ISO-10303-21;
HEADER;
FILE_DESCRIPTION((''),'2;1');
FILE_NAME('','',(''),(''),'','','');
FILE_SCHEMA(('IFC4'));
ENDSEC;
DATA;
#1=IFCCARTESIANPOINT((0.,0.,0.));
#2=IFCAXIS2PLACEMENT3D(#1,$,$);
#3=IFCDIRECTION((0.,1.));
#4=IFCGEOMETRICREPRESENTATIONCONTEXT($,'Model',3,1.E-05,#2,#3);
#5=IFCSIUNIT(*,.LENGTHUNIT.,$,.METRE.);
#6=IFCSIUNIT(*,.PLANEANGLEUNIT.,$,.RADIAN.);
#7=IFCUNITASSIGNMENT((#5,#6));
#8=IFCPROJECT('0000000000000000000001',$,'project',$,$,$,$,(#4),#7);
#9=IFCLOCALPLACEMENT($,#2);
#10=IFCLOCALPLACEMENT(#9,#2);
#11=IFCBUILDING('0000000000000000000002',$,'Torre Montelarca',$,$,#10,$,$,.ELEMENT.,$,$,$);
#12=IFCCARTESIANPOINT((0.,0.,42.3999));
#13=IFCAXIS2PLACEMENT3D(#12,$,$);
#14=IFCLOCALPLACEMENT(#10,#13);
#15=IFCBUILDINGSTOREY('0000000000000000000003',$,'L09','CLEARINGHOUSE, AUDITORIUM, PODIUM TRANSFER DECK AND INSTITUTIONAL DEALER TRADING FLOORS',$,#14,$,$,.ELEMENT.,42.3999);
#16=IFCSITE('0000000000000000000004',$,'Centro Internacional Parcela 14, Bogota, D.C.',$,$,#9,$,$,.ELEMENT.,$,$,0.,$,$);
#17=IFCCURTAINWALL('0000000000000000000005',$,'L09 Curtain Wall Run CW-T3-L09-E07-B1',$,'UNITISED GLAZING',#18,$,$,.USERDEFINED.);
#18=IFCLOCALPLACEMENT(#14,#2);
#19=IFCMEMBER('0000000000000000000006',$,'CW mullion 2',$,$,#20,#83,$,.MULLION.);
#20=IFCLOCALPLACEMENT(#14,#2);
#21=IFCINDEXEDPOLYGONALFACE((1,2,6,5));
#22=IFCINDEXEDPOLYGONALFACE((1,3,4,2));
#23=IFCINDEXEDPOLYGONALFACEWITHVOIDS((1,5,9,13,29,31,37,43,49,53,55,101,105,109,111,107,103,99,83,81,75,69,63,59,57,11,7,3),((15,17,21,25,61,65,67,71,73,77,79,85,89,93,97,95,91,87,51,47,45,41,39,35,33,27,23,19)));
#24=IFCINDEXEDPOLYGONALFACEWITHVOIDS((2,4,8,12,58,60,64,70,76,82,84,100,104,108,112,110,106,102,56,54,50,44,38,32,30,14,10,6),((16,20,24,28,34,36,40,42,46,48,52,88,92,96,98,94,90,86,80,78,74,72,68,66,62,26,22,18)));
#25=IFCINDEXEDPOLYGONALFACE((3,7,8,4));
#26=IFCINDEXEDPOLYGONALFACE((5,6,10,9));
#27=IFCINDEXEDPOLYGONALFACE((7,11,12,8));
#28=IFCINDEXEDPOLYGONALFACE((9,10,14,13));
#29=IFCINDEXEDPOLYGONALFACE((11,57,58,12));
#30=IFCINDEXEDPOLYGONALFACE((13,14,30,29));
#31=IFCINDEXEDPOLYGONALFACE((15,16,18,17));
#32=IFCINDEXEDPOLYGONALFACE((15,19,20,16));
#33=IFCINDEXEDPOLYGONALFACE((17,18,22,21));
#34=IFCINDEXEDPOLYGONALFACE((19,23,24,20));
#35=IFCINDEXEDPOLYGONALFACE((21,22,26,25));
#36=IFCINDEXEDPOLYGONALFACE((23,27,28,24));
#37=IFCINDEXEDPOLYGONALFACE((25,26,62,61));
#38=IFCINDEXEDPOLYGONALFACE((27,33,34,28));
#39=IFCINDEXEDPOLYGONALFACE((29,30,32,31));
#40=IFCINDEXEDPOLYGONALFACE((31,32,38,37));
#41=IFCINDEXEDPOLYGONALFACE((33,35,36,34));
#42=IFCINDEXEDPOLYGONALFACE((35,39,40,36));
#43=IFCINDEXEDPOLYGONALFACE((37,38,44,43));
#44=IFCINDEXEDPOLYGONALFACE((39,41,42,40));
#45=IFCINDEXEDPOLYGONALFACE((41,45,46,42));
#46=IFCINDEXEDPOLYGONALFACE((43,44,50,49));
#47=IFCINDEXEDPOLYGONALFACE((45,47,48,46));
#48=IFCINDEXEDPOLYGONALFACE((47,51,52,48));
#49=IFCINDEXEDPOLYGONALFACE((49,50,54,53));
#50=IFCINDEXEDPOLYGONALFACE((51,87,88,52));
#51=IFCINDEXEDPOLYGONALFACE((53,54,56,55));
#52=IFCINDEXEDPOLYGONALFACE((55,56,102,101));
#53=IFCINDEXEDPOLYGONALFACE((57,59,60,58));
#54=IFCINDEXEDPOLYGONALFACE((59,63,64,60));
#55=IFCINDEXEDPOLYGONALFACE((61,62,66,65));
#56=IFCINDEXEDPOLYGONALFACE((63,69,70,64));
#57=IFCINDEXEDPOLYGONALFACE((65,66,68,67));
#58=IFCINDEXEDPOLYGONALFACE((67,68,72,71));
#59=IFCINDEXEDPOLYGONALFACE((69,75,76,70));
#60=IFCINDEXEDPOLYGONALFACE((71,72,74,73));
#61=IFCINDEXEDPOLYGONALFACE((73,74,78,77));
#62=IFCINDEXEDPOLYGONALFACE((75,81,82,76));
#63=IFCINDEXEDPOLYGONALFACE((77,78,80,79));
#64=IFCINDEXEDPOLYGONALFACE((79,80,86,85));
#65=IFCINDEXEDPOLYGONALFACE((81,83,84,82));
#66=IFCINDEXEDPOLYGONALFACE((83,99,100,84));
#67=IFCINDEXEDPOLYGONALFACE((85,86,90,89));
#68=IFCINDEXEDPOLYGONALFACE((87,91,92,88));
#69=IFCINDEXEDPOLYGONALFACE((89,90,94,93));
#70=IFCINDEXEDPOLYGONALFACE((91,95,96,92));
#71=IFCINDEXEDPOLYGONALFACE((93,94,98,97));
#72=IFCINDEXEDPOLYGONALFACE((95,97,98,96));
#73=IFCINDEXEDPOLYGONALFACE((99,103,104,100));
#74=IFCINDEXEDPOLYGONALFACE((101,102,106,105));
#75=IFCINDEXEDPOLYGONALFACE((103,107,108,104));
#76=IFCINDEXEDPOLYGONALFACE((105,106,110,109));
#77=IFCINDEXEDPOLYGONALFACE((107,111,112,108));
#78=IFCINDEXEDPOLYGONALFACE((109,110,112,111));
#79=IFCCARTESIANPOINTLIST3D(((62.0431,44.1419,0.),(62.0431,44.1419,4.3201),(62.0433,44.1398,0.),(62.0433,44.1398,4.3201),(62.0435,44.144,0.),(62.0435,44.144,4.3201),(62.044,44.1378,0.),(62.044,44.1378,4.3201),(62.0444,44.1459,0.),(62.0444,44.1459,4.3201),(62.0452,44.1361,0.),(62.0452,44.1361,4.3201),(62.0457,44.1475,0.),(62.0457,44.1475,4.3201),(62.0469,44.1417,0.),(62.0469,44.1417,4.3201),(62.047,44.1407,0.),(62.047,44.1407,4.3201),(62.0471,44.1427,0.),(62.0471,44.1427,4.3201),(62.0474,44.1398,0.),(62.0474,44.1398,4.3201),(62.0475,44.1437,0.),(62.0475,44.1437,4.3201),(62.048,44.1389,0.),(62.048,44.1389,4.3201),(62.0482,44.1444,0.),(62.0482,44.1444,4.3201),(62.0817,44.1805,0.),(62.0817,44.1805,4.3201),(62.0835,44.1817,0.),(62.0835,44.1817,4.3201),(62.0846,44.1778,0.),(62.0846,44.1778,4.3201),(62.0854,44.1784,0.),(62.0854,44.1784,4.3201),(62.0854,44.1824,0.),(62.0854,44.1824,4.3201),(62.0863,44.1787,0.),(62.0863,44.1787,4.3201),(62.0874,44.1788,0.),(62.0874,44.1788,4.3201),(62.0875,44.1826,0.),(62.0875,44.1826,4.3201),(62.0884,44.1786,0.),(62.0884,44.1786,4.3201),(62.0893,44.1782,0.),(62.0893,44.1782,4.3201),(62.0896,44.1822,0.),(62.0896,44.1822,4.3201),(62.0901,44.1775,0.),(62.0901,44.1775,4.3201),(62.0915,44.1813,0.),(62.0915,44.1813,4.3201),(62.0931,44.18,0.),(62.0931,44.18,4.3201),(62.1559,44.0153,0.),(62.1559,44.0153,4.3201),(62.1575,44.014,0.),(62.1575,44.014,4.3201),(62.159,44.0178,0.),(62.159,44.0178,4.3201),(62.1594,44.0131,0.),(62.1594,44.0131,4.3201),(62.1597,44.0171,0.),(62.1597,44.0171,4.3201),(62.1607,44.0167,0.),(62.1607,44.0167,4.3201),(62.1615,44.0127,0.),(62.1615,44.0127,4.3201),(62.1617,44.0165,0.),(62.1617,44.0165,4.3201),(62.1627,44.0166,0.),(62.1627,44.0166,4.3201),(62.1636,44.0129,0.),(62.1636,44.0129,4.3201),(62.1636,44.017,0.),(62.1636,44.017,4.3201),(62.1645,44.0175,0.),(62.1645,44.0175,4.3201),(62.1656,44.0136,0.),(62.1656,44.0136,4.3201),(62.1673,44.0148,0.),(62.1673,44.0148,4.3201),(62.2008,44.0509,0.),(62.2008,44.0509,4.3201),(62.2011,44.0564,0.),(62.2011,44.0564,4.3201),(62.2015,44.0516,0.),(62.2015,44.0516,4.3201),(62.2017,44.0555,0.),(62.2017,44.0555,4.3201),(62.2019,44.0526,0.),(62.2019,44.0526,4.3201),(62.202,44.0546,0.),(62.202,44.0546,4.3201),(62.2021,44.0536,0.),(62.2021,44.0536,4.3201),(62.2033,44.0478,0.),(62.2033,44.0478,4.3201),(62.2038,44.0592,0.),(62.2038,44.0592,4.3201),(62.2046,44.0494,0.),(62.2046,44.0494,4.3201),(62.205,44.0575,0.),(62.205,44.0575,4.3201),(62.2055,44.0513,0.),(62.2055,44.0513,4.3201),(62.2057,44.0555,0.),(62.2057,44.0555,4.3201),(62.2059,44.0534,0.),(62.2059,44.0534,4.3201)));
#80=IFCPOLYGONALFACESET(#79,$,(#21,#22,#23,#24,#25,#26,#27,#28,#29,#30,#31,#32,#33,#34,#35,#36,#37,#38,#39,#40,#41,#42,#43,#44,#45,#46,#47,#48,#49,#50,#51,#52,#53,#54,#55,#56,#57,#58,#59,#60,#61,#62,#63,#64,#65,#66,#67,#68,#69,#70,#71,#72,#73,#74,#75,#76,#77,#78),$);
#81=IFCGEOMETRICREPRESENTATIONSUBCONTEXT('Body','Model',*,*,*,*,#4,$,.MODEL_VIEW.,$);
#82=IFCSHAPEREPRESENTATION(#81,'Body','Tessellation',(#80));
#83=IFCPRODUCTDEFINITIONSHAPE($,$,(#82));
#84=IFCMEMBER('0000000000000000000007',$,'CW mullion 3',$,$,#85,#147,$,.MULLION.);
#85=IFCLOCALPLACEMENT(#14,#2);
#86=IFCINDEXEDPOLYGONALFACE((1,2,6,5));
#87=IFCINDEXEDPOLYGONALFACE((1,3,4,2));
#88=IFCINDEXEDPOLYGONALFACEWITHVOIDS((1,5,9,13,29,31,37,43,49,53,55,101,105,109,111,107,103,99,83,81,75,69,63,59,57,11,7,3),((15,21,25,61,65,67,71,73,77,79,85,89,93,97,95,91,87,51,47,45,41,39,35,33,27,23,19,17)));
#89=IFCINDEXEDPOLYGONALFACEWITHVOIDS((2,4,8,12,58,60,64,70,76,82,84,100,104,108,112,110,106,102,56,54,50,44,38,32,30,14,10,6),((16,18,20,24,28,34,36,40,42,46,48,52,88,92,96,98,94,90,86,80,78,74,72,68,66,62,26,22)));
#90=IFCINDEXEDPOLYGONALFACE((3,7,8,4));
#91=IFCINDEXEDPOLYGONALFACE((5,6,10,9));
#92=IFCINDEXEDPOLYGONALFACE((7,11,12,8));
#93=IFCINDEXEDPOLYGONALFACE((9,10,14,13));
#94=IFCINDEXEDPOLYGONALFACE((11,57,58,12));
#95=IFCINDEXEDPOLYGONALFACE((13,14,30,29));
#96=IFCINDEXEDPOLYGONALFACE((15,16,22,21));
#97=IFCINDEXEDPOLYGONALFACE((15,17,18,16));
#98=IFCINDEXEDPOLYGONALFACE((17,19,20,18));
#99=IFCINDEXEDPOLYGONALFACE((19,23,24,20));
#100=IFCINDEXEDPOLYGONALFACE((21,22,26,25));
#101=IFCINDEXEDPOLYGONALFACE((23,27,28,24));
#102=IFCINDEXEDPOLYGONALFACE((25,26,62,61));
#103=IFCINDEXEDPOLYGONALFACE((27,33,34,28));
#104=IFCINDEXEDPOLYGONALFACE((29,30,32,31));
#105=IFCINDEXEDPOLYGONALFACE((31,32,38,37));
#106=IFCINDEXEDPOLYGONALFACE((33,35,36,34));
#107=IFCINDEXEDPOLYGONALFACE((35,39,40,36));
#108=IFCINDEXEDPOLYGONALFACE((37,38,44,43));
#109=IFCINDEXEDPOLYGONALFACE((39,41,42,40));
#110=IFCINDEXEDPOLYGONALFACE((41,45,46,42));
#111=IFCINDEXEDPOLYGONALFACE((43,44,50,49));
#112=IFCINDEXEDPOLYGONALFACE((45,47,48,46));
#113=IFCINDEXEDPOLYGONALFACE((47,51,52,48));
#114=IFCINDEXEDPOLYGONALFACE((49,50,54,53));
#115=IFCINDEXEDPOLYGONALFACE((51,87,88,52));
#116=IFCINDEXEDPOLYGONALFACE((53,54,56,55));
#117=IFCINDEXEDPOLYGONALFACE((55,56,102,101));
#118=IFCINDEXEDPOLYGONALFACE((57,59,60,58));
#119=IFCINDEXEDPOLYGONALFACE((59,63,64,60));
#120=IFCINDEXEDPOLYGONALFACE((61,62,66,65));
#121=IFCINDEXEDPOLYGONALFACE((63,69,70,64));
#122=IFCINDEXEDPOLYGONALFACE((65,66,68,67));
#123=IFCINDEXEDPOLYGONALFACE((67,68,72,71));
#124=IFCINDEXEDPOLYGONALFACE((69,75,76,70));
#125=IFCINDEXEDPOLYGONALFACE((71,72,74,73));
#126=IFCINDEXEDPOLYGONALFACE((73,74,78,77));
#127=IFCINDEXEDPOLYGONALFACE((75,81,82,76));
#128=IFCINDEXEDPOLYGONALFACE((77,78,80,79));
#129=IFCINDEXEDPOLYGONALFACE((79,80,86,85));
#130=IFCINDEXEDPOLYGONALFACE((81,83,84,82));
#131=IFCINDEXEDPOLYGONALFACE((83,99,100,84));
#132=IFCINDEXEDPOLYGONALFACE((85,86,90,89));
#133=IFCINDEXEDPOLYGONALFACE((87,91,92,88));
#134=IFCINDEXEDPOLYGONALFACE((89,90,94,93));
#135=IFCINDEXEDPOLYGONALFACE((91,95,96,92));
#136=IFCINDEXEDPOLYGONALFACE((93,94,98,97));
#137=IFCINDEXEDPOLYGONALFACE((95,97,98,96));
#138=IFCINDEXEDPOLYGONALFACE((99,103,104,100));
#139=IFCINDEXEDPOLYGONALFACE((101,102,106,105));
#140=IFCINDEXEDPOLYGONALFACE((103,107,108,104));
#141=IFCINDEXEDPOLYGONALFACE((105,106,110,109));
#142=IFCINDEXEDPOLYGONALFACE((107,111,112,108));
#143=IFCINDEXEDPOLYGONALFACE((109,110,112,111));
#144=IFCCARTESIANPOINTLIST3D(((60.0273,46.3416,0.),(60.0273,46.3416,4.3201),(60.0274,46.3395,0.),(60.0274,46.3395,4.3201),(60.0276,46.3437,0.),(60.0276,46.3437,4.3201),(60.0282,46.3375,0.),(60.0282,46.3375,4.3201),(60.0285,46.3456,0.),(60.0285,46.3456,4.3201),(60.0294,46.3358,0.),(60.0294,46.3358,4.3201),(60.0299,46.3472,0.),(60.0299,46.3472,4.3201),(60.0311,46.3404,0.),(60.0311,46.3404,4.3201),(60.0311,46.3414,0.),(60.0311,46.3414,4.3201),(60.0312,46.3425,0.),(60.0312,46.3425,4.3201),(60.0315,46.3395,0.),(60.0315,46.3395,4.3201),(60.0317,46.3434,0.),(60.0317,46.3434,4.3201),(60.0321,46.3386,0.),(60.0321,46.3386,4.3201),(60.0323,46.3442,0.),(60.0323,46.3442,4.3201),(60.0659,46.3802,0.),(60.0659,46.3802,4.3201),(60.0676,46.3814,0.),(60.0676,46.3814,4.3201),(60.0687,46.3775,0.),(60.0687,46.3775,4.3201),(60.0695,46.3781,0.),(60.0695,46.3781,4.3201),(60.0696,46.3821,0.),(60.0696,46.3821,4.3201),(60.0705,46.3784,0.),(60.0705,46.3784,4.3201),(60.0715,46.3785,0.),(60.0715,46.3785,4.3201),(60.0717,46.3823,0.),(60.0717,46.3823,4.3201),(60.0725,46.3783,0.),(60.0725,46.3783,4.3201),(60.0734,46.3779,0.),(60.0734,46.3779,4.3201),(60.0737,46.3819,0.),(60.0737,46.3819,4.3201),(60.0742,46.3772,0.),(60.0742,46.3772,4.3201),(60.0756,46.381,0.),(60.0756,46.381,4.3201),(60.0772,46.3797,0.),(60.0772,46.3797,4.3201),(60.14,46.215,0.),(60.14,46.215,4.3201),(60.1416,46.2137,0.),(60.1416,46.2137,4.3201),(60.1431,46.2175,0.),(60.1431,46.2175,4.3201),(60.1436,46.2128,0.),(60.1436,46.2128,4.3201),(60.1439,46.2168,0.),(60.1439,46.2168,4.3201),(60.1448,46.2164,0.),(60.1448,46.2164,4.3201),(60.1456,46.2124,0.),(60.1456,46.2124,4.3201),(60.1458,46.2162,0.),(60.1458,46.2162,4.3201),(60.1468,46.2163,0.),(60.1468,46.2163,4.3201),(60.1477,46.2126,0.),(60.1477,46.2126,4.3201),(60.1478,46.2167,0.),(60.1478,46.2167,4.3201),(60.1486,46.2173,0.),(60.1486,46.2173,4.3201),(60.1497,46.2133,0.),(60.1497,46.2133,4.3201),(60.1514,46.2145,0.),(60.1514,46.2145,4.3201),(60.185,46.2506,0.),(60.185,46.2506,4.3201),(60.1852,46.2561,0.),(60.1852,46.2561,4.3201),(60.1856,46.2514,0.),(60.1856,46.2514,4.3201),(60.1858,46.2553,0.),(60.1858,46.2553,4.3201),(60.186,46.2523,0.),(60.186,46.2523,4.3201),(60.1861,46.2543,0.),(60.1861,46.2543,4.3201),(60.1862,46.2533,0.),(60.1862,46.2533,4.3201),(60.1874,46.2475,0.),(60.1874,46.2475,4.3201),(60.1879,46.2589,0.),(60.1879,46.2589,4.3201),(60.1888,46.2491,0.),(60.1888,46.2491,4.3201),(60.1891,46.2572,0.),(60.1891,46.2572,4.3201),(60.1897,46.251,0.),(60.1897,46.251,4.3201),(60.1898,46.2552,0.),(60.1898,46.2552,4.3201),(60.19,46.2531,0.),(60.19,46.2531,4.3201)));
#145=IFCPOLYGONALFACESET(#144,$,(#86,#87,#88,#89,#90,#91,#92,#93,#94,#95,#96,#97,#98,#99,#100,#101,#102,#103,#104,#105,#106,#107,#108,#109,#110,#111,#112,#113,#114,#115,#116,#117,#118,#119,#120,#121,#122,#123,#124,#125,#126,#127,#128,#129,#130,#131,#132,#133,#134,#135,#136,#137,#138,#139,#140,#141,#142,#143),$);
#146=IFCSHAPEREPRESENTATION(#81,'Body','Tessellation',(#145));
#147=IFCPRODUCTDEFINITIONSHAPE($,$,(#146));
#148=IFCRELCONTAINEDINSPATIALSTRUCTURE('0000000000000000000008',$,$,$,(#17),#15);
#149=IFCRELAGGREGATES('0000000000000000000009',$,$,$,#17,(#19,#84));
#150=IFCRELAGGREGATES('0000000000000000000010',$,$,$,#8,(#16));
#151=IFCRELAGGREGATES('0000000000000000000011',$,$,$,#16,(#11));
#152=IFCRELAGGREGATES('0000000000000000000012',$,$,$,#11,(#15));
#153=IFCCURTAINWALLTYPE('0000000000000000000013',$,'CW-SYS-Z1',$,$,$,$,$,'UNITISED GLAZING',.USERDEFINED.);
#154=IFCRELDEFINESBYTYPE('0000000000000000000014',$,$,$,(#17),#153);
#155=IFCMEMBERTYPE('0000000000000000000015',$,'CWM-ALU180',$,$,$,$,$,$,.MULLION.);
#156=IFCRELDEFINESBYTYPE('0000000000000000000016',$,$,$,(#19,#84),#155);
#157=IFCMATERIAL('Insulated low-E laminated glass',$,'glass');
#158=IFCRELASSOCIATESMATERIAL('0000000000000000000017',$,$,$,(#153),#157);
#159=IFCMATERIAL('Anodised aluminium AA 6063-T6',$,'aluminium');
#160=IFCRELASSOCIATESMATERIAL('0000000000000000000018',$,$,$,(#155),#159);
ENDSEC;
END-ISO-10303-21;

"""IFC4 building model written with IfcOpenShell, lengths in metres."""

from ifc_helpers import new_model, si_unit, direction, frame, origin, origin_2d, place, context, subcontext, project, spatial, hollow_rectangle, extrude, source, transform, mapped, material, material_profile, profile_set, type_object, element, aggregate, save


model = new_model("IFC4")

# Units and contexts
model_context = context("Model", 3, precision=1e-05, world=origin(), true_north=direction((0.0, 1.0)))
body_context = subcontext(model_context, "Body", "Model", "MODEL_VIEW")
ifc_project = project(units=[si_unit("LENGTHUNIT", "METRE"), si_unit("PLANEANGLEUNIT", "RADIAN")], contexts=[model_context])

# Site, building, storey
site_placement = place(None, origin())
site = spatial("IfcSite", under=ifc_project, at=site_placement, Name="Centro Internacional Parcela 14, Bogota, D.C.", CompositionType="ELEMENT", RefElevation=0.0)
building_placement = place(site_placement, origin())
building = spatial("IfcBuilding", under=site, at=building_placement, Name="Torre Montelarca", CompositionType="ELEMENT")
storey_placement = place(building_placement, frame((0.0, 0.0, 42.3999)))
storey = spatial("IfcBuildingStorey", under=building, at=storey_placement, Name="L09", Description="CLEARINGHOUSE, AUDITORIUM, PODIUM TRANSFER DECK AND INSTITUTIONAL DEALER TRADING FLOORS", CompositionType="ELEMENT", Elevation=42.3999)

# Curtain wall, members
ifc_material_1 = material(Name="Insulated low-E laminated glass", Category="glass")
curtain_wall_type = type_object("IfcCurtainWallType", Name="CW-SYS-Z1", ElementType="UNITISED GLAZING", PredefinedType="USERDEFINED", material=ifc_material_1)
ifc_material_2 = material(Name="Anodised aluminium AA 6063-T6", Category="aluminium")
ifc_material_profile_1 = material_profile(ifc_material_2, hollow_rectangle(XDim=0.0649, YDim=0.1799, WallThickness=0.0039, InnerFilletRadius=0.0039, OuterFilletRadius=0.0081, at=origin_2d()), Name="ALU65X180X4", Category="aluminium")
ifc_profile_set_1 = profile_set([ifc_material_profile_1], Name="Anodised aluminium AA 6063-T6")
member_type_1 = type_object("IfcMemberType", Name="CWM-ALU180", PredefinedType="MULLION", material=ifc_profile_set_1)
shared_shape_1 = source(origin(), body_context, "Body", "SweptSolid", [
    extrude(hollow_rectangle(XDim=0.0649, YDim=0.1799, WallThickness=0.0039, InnerFilletRadius=0.0039, OuterFilletRadius=0.0081, at=origin_2d()), origin(), (0.0, 0.0, 1.0), 4.3201),
])
curtain_wall_1_placement = place(storey_placement, origin())
curtain_wall_1 = element("IfcCurtainWall", 1, at=curtain_wall_1_placement, inside=storey, type_object=curtain_wall_type, Name="L09 Curtain Wall Run CW-T3-L09-E07-B1", ObjectType="UNITISED GLAZING", PredefinedType="USERDEFINED")
member_1_placement = place(storey_placement, frame((62.1245, 44.0977, 0.0), z_axis=(0.0, 0.0, 1.0), x_axis=(-0.737292, -0.675574, 0.0)))
member_1 = element("IfcMember", 2, at=member_1_placement, type_object=member_type_1, Name="CW mullion 2", PredefinedType="MULLION", context=body_context, shape_type="MappedRepresentation", body=[
    mapped(shared_shape_1, transform((0.0, 0.0, 0.0), scale=1.0)),
])
member_2_placement = place(storey_placement, frame((60.1086, 46.2974, 0.0), z_axis=(0.0, 0.0, 1.0), x_axis=(-0.737292, -0.675574, 0.0)))
member_2 = element("IfcMember", 3, at=member_2_placement, type_object=member_type_1, Name="CW mullion 3", PredefinedType="MULLION", context=body_context, shape_type="MappedRepresentation", body=[
    mapped(shared_shape_1, transform((0.0, 0.0, 0.0), scale=1.0)),
])

aggregate(curtain_wall_1, [member_1, member_2])

save(model, "model.ifc")
